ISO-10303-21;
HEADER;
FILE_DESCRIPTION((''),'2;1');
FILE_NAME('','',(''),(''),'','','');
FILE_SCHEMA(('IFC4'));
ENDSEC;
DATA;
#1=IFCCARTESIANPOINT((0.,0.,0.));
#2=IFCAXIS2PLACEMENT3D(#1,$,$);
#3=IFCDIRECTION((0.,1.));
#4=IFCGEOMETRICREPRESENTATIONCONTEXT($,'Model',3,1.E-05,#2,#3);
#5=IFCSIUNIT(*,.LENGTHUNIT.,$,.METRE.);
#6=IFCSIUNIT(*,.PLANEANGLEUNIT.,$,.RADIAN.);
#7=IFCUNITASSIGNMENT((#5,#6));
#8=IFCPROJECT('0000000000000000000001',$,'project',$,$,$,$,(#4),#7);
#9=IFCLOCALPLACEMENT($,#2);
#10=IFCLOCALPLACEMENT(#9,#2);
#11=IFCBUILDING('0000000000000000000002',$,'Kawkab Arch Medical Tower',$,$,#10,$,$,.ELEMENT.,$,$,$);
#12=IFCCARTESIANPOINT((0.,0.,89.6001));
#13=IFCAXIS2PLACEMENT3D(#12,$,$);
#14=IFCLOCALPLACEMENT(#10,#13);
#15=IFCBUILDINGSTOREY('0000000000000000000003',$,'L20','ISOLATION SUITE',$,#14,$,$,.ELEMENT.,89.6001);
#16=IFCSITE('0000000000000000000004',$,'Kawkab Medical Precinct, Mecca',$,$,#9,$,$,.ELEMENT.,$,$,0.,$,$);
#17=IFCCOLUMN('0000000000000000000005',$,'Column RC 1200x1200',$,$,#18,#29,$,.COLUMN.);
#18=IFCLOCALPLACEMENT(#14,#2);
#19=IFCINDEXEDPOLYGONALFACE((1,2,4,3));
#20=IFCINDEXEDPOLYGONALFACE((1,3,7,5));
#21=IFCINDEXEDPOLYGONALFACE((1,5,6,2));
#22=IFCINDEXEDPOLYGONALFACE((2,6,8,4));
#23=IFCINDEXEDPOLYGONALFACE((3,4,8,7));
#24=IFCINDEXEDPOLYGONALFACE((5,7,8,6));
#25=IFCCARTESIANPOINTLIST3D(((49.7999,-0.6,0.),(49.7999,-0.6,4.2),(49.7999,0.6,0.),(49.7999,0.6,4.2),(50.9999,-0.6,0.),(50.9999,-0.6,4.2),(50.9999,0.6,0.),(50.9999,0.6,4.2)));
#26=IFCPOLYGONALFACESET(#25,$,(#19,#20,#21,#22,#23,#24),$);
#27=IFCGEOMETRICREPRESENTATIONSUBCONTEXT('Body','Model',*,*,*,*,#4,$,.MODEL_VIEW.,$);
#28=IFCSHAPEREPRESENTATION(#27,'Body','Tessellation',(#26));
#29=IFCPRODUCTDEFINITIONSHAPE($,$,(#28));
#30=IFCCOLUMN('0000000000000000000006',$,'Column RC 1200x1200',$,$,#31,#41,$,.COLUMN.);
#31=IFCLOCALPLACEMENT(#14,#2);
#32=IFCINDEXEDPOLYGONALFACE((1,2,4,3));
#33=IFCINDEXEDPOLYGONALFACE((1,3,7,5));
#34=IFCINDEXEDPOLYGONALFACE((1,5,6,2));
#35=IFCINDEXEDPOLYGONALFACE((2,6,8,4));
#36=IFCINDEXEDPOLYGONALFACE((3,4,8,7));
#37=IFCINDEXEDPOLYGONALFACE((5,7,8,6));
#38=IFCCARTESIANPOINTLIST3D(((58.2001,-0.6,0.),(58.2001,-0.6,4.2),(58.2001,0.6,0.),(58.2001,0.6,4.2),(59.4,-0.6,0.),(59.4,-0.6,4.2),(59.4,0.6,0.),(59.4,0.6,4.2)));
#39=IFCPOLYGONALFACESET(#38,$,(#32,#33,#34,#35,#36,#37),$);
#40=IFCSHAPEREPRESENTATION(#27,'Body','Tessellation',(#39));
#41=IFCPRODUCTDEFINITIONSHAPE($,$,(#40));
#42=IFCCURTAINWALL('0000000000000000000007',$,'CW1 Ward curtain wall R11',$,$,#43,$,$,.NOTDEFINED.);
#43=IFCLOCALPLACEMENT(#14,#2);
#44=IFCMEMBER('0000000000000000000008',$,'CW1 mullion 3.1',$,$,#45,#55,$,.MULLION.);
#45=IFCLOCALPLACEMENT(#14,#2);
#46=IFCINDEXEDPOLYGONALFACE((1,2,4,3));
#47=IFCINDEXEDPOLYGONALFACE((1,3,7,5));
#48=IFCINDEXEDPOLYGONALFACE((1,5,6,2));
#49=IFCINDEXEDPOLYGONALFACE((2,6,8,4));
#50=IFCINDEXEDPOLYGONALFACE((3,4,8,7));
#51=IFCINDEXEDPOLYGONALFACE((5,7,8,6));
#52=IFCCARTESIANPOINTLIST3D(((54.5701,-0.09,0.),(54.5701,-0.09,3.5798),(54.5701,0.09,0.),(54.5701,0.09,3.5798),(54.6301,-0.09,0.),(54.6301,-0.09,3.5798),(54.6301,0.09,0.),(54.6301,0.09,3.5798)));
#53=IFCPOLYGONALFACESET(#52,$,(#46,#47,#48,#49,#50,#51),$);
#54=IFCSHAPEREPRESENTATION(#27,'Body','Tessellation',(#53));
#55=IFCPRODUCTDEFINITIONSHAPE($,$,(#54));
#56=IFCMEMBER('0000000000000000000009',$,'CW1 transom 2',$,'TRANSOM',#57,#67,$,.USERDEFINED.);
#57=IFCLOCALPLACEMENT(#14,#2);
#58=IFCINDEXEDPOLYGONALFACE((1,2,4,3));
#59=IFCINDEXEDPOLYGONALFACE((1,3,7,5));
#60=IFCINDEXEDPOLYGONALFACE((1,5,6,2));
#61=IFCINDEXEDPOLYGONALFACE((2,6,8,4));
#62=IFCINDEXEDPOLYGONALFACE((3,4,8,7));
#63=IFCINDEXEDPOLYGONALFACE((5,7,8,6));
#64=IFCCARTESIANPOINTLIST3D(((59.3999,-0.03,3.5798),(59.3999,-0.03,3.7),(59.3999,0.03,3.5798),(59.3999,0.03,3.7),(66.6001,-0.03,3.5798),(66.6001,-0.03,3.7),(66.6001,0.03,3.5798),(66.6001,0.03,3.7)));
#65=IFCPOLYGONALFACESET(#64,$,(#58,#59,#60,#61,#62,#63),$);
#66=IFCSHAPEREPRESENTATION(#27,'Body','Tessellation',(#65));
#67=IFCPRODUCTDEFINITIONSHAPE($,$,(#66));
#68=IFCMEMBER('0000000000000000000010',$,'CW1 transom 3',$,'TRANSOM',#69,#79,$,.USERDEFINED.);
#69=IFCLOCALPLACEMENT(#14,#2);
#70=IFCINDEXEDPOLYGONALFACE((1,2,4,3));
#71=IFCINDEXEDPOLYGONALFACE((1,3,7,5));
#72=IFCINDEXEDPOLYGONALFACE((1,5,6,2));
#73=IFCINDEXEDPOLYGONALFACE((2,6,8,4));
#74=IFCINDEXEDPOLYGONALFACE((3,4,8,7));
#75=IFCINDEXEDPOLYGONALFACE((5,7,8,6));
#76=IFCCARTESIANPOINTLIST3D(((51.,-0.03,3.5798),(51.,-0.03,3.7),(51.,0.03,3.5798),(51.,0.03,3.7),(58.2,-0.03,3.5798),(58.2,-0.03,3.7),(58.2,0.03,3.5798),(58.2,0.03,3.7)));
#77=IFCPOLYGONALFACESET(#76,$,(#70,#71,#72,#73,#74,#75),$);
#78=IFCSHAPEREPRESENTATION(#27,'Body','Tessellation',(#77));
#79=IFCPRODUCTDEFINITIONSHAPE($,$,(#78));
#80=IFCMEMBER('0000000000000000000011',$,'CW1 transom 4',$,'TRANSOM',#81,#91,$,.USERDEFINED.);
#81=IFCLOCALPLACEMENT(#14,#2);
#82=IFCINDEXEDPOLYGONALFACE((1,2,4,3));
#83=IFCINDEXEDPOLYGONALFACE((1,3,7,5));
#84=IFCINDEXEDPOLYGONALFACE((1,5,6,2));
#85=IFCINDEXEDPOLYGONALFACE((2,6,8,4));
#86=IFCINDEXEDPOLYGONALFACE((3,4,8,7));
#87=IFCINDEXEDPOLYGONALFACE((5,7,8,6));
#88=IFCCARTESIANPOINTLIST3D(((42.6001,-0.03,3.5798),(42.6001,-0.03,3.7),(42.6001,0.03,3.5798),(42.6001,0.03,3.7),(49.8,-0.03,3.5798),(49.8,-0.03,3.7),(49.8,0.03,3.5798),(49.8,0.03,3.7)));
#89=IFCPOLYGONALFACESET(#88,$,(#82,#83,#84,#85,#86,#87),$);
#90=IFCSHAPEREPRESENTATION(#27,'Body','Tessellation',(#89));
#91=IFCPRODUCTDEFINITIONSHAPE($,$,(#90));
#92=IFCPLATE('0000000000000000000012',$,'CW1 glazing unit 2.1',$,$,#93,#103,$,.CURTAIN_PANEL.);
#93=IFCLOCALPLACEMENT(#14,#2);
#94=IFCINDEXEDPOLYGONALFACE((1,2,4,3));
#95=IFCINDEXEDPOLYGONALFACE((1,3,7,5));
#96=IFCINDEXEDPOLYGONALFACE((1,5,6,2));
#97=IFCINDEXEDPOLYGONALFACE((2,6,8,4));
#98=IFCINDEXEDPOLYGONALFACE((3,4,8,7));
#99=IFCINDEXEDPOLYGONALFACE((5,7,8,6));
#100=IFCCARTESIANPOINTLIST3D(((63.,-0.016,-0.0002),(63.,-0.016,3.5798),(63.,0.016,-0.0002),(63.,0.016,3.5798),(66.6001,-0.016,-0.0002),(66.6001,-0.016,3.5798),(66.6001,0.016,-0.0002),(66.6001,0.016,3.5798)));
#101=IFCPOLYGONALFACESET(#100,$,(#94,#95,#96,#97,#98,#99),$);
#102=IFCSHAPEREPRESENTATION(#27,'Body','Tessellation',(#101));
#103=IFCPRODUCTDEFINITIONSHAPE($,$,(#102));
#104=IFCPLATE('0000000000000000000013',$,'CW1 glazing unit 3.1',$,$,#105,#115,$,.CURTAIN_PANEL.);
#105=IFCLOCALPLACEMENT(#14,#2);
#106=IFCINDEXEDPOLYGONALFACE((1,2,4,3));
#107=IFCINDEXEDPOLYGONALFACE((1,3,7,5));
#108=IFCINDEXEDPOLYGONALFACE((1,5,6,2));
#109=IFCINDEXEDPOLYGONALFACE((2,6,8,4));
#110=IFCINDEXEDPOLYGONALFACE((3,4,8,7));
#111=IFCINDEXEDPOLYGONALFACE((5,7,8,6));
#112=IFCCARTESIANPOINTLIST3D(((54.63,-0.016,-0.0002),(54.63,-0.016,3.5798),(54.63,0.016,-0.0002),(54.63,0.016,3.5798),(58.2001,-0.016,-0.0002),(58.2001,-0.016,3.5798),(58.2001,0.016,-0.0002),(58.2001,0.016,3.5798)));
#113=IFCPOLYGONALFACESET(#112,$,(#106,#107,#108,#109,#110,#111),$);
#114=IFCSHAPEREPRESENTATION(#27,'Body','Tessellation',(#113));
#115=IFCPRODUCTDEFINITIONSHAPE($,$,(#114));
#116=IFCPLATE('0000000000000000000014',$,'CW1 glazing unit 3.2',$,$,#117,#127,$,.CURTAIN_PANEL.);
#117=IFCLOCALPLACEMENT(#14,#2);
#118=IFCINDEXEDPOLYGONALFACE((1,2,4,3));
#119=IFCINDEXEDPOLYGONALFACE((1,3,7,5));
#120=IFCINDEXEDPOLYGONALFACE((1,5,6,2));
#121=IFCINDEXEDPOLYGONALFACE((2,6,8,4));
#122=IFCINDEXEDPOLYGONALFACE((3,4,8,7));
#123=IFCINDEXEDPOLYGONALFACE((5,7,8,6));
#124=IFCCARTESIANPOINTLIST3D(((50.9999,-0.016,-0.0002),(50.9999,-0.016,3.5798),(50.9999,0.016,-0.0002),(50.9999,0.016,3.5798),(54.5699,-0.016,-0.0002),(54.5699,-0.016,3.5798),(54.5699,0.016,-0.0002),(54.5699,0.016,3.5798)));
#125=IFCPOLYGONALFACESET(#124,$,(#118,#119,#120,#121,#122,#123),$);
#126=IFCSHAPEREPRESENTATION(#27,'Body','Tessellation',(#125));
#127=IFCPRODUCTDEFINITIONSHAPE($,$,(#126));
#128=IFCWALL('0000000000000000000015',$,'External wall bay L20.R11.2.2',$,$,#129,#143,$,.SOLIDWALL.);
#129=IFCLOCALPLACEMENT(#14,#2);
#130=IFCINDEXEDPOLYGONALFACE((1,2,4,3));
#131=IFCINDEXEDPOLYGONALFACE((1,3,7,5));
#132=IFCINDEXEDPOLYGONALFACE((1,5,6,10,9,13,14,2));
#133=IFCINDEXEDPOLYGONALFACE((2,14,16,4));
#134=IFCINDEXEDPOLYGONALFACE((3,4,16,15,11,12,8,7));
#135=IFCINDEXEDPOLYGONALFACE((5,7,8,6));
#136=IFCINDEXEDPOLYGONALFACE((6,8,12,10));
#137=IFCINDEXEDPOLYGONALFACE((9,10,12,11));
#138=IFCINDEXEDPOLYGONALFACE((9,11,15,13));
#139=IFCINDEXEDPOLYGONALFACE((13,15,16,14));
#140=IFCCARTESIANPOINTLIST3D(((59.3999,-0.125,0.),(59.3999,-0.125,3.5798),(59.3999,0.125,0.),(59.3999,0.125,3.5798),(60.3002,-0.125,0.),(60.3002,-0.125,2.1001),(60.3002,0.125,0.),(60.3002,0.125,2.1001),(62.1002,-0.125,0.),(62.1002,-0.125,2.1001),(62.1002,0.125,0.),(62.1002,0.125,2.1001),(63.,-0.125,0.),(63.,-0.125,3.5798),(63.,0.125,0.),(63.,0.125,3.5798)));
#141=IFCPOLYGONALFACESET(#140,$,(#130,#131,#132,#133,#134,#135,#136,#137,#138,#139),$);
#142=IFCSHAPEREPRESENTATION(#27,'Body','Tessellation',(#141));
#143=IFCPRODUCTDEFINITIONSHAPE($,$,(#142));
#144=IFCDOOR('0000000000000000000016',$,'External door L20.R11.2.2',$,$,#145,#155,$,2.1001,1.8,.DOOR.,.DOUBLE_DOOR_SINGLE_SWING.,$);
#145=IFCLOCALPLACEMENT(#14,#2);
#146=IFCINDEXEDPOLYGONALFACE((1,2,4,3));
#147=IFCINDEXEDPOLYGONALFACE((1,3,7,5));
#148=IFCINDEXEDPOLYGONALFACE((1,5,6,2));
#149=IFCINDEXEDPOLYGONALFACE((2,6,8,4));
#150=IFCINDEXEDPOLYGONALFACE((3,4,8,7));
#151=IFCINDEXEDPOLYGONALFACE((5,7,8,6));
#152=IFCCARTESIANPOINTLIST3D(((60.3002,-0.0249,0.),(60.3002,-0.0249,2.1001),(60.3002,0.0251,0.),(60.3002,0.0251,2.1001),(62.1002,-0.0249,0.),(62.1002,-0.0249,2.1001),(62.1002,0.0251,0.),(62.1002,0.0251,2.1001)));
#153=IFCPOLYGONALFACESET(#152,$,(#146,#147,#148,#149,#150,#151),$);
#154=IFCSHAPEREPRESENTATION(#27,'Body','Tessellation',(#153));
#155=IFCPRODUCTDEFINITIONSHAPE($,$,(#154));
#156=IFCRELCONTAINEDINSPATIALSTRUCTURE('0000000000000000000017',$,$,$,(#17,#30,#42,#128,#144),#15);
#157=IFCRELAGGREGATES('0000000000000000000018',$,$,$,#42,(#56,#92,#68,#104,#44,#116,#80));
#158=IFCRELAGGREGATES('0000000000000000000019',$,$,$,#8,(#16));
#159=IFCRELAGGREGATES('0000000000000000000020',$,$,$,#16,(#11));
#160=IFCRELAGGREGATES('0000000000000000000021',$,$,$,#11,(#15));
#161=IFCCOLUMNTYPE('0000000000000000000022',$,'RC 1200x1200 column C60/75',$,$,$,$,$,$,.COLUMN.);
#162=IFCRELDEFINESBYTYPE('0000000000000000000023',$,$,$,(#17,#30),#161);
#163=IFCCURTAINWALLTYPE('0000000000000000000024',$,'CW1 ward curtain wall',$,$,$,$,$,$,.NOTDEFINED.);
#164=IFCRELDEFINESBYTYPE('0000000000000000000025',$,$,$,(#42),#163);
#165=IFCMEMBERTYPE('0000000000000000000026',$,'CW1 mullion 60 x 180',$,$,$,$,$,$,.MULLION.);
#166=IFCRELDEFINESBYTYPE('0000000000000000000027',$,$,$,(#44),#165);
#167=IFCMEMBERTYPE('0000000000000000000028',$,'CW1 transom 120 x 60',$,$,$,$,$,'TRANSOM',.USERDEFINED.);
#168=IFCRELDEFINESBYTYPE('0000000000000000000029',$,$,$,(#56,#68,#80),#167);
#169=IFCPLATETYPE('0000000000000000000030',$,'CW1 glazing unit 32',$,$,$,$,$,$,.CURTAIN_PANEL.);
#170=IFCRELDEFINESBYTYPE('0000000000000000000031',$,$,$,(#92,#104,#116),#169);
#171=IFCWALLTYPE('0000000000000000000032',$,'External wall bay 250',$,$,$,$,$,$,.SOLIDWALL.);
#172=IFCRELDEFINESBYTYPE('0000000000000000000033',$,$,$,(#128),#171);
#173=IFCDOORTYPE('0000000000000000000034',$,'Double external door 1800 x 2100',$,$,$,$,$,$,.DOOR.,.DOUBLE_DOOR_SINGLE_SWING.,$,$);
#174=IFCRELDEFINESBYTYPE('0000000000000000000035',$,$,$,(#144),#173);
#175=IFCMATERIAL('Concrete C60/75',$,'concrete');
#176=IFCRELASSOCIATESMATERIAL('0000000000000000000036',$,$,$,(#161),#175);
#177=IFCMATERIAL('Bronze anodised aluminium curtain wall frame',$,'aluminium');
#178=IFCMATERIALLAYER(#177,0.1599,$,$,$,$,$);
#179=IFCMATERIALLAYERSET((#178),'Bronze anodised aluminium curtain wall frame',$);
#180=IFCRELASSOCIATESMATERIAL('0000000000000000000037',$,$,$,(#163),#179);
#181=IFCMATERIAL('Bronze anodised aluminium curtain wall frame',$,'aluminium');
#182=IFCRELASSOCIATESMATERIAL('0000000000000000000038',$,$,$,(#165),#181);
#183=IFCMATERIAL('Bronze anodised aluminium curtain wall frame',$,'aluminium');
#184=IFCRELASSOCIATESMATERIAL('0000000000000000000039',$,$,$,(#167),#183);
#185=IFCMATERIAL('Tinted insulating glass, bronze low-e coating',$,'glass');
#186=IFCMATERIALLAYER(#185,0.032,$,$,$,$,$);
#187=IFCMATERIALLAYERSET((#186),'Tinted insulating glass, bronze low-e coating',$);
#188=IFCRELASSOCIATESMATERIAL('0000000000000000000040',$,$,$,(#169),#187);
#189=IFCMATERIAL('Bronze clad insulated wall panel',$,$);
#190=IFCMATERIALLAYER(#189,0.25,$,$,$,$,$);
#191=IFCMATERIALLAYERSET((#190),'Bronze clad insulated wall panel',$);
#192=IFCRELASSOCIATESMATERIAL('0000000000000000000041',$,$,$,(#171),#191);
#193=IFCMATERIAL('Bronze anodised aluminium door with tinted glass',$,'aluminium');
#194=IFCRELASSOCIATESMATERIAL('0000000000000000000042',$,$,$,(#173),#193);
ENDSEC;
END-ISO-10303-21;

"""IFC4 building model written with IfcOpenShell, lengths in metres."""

from ifc_helpers import new_model, si_unit, direction, frame, frame_2d, origin, origin_2d, place, context, subcontext, project, spatial, rectangle, extrude, material, layer, layer_set, material_profile, profile_set, type_object, element, fill, aggregate, save


model = new_model("IFC4")

# Units and contexts
model_context = context("Model", 3, precision=1e-05, world=origin(), true_north=direction((0.0, 1.0)))
body_context = subcontext(model_context, "Body", "Model", "MODEL_VIEW")
ifc_project = project(units=[si_unit("LENGTHUNIT", "METRE"), si_unit("PLANEANGLEUNIT", "RADIAN")], contexts=[model_context])

# Site, building, storey
site_placement = place(None, origin())
site = spatial("IfcSite", under=ifc_project, at=site_placement, Name="Kawkab Medical Precinct, Mecca", CompositionType="ELEMENT", RefElevation=0.0)
building_placement = place(site_placement, origin())
building = spatial("IfcBuilding", under=site, at=building_placement, Name="Kawkab Arch Medical Tower", CompositionType="ELEMENT")
storey_placement = place(building_placement, frame((0.0, 0.0, 89.6001)))
storey = spatial("IfcBuildingStorey", under=building, at=storey_placement, Name="L20", Description="ISOLATION SUITE", CompositionType="ELEMENT", Elevation=89.6001)

# Columns
ifc_material_1 = material(Name="Concrete C60/75", Category="concrete")
ifc_material_profile_1 = material_profile(ifc_material_1, rectangle(XDim=1.2, YDim=1.2, at=origin_2d()), Name="RC 1200x1200")
ifc_profile_set_1 = profile_set([ifc_material_profile_1], Name="Concrete C60/75")
column_type = type_object("IfcColumnType", Name="RC 1200x1200 column C60/75", PredefinedType="COLUMN", material=ifc_profile_set_1)
for number, where, z_axis, x_axis, name in (
    (1, (50.3999, 0.0, 0.0), (0.0, 0.0, 1.0), (1.0, 0.0, 0.0), "Column RC 1200x1200"),
    (2, (58.8, 0.0, 0.0), (0.0, 0.0, 1.0), (1.0, 0.0, 0.0), "Column RC 1200x1200"),
):
    element("IfcColumn", number, at=place(storey_placement, frame(where, z_axis=z_axis, x_axis=x_axis)), inside=storey, type_object=column_type, Name=name, PredefinedType="COLUMN", context=body_context, shape_type="SweptSolid", body=[
        extrude(rectangle(XDim=1.2, YDim=1.2, at=origin_2d()), origin(), (0.0, 0.0, 1.0), 4.2),
    ])

# Curtain wall, members, plates
ifc_material_2 = material(Name="Bronze anodised aluminium curtain wall frame", Category="aluminium")
ifc_layer_1 = layer(ifc_material_2, 0.1599)
ifc_layer_set_1 = layer_set([ifc_layer_1], Name="Bronze anodised aluminium curtain wall frame")
curtain_wall_type = type_object("IfcCurtainWallType", Name="CW1 ward curtain wall", PredefinedType="NOTDEFINED", material=ifc_layer_set_1)
curtain_wall_placement = place(storey_placement, origin())
curtain_wall = element("IfcCurtainWall", 3, at=curtain_wall_placement, inside=storey, type_object=curtain_wall_type, Name="CW1 Ward curtain wall R11", PredefinedType="NOTDEFINED")
ifc_material_3 = material(Name="Bronze anodised aluminium curtain wall frame", Category="aluminium")
ifc_material_profile_2 = material_profile(ifc_material_3, rectangle(XDim=0.1799, YDim=0.0601, at=origin_2d()), Name="AL 60x180")
ifc_profile_set_2 = profile_set([ifc_material_profile_2], Name="Bronze anodised aluminium curtain wall frame")
member_type_1 = type_object("IfcMemberType", Name="CW1 mullion 60 x 180", PredefinedType="MULLION", material=ifc_profile_set_2)
member_1_placement = place(storey_placement, frame((54.6001, 0.0, 0.0), z_axis=(0.0, 0.0, 1.0), x_axis=(0.0, -1.0, 0.0)))
member_1 = element("IfcMember", 4, at=member_1_placement, type_object=member_type_1, Name="CW1 mullion 3.1", PredefinedType="MULLION", context=body_context, shape_type="SweptSolid", body=[
    extrude(rectangle(XDim=0.1799, YDim=0.0601, at=origin_2d()), origin(), (0.0, 0.0, 1.0), 3.5798),
])
ifc_material_4 = material(Name="Bronze anodised aluminium curtain wall frame", Category="aluminium")
ifc_material_profile_3 = material_profile(ifc_material_4, rectangle(XDim=0.0601, YDim=0.1201, at=origin_2d()), Name="AL 60x120")
ifc_profile_set_3 = profile_set([ifc_material_profile_3], Name="Bronze anodised aluminium curtain wall frame")
member_type_2 = type_object("IfcMemberType", Name="CW1 transom 120 x 60", ElementType="TRANSOM", PredefinedType="USERDEFINED", material=ifc_profile_set_3)
member_2_placement = place(storey_placement, frame((66.6001, 0.0, 3.6399), z_axis=(-1.0, 0.0, 0.0), x_axis=(0.0, -1.0, 0.0)))
member_2 = element("IfcMember", 5, at=member_2_placement, type_object=member_type_2, Name="CW1 transom 2", ObjectType="TRANSOM", PredefinedType="USERDEFINED", context=body_context, shape_type="SweptSolid", body=[
    extrude(rectangle(XDim=0.0601, YDim=0.1201, at=origin_2d()), origin(), (0.0, 0.0, 1.0), 7.2002),
])
member_3_placement = place(storey_placement, frame((58.2, 0.0, 3.6399), z_axis=(-1.0, 0.0, 0.0), x_axis=(0.0, -1.0, 0.0)))
member_3 = element("IfcMember", 6, at=member_3_placement, type_object=member_type_2, Name="CW1 transom 3", ObjectType="TRANSOM", PredefinedType="USERDEFINED", context=body_context, shape_type="SweptSolid", body=[
    extrude(rectangle(XDim=0.0601, YDim=0.1201, at=origin_2d()), origin(), (0.0, 0.0, 1.0), 7.2),
])
member_4_placement = place(storey_placement, frame((49.8, 0.0, 3.6399), z_axis=(-1.0, 0.0, 0.0), x_axis=(0.0, -1.0, 0.0)))
member_4 = element("IfcMember", 7, at=member_4_placement, type_object=member_type_2, Name="CW1 transom 4", ObjectType="TRANSOM", PredefinedType="USERDEFINED", context=body_context, shape_type="SweptSolid", body=[
    extrude(rectangle(XDim=0.0601, YDim=0.1201, at=origin_2d()), origin(), (0.0, 0.0, 1.0), 7.2),
])
ifc_material_5 = material(Name="Tinted insulating glass, bronze low-e coating", Category="glass")
ifc_layer_2 = layer(ifc_material_5, 0.032)
ifc_layer_set_2 = layer_set([ifc_layer_2], Name="Tinted insulating glass, bronze low-e coating")
plate_type = type_object("IfcPlateType", Name="CW1 glazing unit 32", PredefinedType="CURTAIN_PANEL", material=ifc_layer_set_2)
plate_1_placement = place(storey_placement, frame((64.8, 0.0, -0.0002), z_axis=(0.0, 0.0, 1.0), x_axis=(-1.0, 0.0, 0.0)))
plate_1 = element("IfcPlate", 8, at=plate_1_placement, type_object=plate_type, Name="CW1 glazing unit 2.1", PredefinedType="CURTAIN_PANEL", context=body_context, shape_type="SweptSolid", body=[
    extrude(rectangle(XDim=3.6001, YDim=0.032, at=origin_2d()), origin(), (0.0, 0.0, 1.0), 3.5801),
])
plate_2_placement = place(storey_placement, frame((56.415, 0.0, -0.0002), z_axis=(0.0, 0.0, 1.0), x_axis=(-1.0, 0.0, 0.0)))
plate_2 = element("IfcPlate", 9, at=plate_2_placement, type_object=plate_type, Name="CW1 glazing unit 3.1", PredefinedType="CURTAIN_PANEL", context=body_context, shape_type="SweptSolid", body=[
    extrude(rectangle(XDim=3.5701, YDim=0.032, at=origin_2d()), origin(), (0.0, 0.0, 1.0), 3.5801),
])
plate_3_placement = place(storey_placement, frame((52.7849, 0.0, -0.0002), z_axis=(0.0, 0.0, 1.0), x_axis=(-1.0, 0.0, 0.0)))
plate_3 = element("IfcPlate", 10, at=plate_3_placement, type_object=plate_type, Name="CW1 glazing unit 3.2", PredefinedType="CURTAIN_PANEL", context=body_context, shape_type="SweptSolid", body=[
    extrude(rectangle(XDim=3.5701, YDim=0.032, at=origin_2d()), origin(), (0.0, 0.0, 1.0), 3.5801),
])
aggregate(curtain_wall, [member_2, plate_1, member_3, plate_2, member_1, plate_3, member_4])

# Wall, opening, door
ifc_material_6 = material(Name="Bronze clad insulated wall panel")
ifc_layer_3 = layer(ifc_material_6, 0.25)
ifc_layer_set_3 = layer_set([ifc_layer_3], Name="Bronze clad insulated wall panel")
wall_type_1 = type_object("IfcWallType", Name="External wall bay 250", PredefinedType="SOLIDWALL", material=ifc_layer_set_3)
wall_1_placement = place(storey_placement, frame((63.0, 0.0, 0.0), z_axis=(0.0, 0.0, 1.0), x_axis=(-1.0, 0.0, 0.0)))
wall_1 = element("IfcWall", 11, at=wall_1_placement, inside=storey, type_object=wall_type_1, Name="External wall bay L20.R11.2.2", PredefinedType="SOLIDWALL", context=body_context, shape_type="SweptSolid", body=[
    extrude(rectangle(XDim=3.6001, YDim=0.25, at=frame_2d((1.8, 0.0))), origin(), (0.0, 0.0, 1.0), 3.5798),
])
opening_1_placement = place(wall_1_placement, frame((0.8999, 0.0, 0.0)))
opening_1 = element("IfcOpeningElement", 12, at=opening_1_placement, cuts=wall_1, PredefinedType="OPENING", context=body_context, shape_type="SweptSolid", body=[
    extrude(rectangle(XDim=1.8, YDim=2.1001, at=frame_2d((0.8999, 1.05))), frame((0.0, 0.135, 0.0), z_axis=(0.0, -1.0, 0.0), x_axis=(1.0, 0.0, 0.0)), (0.0, 0.0, 1.0), 0.27),
])
ifc_material_7 = material(Name="Bronze anodised aluminium door with tinted glass", Category="aluminium")
door_type_1 = type_object("IfcDoorType", Name="Double external door 1800 x 2100", OperationType="DOUBLE_DOOR_SINGLE_SWING", PredefinedType="DOOR", material=ifc_material_7)
door_1_placement = place(opening_1_placement, origin())
door_1 = element("IfcDoor", 13, at=door_1_placement, inside=storey, type_object=door_type_1, Name="External door L20.R11.2.2", OperationType="DOUBLE_DOOR_SINGLE_SWING", OverallHeight=2.1001, OverallWidth=1.8, PredefinedType="DOOR", context=body_context, shape_type="SweptSolid", body=[
    extrude(rectangle(XDim=1.8, YDim=2.1001, at=frame_2d((0.8999, 1.05))), frame((0.0, 0.0249, 0.0), z_axis=(0.0, -1.0, 0.0), x_axis=(1.0, 0.0, 0.0)), (0.0, 0.0, 1.0), 0.05),
])
fill(opening_1, door_1)

save(model, "model.ifc")
